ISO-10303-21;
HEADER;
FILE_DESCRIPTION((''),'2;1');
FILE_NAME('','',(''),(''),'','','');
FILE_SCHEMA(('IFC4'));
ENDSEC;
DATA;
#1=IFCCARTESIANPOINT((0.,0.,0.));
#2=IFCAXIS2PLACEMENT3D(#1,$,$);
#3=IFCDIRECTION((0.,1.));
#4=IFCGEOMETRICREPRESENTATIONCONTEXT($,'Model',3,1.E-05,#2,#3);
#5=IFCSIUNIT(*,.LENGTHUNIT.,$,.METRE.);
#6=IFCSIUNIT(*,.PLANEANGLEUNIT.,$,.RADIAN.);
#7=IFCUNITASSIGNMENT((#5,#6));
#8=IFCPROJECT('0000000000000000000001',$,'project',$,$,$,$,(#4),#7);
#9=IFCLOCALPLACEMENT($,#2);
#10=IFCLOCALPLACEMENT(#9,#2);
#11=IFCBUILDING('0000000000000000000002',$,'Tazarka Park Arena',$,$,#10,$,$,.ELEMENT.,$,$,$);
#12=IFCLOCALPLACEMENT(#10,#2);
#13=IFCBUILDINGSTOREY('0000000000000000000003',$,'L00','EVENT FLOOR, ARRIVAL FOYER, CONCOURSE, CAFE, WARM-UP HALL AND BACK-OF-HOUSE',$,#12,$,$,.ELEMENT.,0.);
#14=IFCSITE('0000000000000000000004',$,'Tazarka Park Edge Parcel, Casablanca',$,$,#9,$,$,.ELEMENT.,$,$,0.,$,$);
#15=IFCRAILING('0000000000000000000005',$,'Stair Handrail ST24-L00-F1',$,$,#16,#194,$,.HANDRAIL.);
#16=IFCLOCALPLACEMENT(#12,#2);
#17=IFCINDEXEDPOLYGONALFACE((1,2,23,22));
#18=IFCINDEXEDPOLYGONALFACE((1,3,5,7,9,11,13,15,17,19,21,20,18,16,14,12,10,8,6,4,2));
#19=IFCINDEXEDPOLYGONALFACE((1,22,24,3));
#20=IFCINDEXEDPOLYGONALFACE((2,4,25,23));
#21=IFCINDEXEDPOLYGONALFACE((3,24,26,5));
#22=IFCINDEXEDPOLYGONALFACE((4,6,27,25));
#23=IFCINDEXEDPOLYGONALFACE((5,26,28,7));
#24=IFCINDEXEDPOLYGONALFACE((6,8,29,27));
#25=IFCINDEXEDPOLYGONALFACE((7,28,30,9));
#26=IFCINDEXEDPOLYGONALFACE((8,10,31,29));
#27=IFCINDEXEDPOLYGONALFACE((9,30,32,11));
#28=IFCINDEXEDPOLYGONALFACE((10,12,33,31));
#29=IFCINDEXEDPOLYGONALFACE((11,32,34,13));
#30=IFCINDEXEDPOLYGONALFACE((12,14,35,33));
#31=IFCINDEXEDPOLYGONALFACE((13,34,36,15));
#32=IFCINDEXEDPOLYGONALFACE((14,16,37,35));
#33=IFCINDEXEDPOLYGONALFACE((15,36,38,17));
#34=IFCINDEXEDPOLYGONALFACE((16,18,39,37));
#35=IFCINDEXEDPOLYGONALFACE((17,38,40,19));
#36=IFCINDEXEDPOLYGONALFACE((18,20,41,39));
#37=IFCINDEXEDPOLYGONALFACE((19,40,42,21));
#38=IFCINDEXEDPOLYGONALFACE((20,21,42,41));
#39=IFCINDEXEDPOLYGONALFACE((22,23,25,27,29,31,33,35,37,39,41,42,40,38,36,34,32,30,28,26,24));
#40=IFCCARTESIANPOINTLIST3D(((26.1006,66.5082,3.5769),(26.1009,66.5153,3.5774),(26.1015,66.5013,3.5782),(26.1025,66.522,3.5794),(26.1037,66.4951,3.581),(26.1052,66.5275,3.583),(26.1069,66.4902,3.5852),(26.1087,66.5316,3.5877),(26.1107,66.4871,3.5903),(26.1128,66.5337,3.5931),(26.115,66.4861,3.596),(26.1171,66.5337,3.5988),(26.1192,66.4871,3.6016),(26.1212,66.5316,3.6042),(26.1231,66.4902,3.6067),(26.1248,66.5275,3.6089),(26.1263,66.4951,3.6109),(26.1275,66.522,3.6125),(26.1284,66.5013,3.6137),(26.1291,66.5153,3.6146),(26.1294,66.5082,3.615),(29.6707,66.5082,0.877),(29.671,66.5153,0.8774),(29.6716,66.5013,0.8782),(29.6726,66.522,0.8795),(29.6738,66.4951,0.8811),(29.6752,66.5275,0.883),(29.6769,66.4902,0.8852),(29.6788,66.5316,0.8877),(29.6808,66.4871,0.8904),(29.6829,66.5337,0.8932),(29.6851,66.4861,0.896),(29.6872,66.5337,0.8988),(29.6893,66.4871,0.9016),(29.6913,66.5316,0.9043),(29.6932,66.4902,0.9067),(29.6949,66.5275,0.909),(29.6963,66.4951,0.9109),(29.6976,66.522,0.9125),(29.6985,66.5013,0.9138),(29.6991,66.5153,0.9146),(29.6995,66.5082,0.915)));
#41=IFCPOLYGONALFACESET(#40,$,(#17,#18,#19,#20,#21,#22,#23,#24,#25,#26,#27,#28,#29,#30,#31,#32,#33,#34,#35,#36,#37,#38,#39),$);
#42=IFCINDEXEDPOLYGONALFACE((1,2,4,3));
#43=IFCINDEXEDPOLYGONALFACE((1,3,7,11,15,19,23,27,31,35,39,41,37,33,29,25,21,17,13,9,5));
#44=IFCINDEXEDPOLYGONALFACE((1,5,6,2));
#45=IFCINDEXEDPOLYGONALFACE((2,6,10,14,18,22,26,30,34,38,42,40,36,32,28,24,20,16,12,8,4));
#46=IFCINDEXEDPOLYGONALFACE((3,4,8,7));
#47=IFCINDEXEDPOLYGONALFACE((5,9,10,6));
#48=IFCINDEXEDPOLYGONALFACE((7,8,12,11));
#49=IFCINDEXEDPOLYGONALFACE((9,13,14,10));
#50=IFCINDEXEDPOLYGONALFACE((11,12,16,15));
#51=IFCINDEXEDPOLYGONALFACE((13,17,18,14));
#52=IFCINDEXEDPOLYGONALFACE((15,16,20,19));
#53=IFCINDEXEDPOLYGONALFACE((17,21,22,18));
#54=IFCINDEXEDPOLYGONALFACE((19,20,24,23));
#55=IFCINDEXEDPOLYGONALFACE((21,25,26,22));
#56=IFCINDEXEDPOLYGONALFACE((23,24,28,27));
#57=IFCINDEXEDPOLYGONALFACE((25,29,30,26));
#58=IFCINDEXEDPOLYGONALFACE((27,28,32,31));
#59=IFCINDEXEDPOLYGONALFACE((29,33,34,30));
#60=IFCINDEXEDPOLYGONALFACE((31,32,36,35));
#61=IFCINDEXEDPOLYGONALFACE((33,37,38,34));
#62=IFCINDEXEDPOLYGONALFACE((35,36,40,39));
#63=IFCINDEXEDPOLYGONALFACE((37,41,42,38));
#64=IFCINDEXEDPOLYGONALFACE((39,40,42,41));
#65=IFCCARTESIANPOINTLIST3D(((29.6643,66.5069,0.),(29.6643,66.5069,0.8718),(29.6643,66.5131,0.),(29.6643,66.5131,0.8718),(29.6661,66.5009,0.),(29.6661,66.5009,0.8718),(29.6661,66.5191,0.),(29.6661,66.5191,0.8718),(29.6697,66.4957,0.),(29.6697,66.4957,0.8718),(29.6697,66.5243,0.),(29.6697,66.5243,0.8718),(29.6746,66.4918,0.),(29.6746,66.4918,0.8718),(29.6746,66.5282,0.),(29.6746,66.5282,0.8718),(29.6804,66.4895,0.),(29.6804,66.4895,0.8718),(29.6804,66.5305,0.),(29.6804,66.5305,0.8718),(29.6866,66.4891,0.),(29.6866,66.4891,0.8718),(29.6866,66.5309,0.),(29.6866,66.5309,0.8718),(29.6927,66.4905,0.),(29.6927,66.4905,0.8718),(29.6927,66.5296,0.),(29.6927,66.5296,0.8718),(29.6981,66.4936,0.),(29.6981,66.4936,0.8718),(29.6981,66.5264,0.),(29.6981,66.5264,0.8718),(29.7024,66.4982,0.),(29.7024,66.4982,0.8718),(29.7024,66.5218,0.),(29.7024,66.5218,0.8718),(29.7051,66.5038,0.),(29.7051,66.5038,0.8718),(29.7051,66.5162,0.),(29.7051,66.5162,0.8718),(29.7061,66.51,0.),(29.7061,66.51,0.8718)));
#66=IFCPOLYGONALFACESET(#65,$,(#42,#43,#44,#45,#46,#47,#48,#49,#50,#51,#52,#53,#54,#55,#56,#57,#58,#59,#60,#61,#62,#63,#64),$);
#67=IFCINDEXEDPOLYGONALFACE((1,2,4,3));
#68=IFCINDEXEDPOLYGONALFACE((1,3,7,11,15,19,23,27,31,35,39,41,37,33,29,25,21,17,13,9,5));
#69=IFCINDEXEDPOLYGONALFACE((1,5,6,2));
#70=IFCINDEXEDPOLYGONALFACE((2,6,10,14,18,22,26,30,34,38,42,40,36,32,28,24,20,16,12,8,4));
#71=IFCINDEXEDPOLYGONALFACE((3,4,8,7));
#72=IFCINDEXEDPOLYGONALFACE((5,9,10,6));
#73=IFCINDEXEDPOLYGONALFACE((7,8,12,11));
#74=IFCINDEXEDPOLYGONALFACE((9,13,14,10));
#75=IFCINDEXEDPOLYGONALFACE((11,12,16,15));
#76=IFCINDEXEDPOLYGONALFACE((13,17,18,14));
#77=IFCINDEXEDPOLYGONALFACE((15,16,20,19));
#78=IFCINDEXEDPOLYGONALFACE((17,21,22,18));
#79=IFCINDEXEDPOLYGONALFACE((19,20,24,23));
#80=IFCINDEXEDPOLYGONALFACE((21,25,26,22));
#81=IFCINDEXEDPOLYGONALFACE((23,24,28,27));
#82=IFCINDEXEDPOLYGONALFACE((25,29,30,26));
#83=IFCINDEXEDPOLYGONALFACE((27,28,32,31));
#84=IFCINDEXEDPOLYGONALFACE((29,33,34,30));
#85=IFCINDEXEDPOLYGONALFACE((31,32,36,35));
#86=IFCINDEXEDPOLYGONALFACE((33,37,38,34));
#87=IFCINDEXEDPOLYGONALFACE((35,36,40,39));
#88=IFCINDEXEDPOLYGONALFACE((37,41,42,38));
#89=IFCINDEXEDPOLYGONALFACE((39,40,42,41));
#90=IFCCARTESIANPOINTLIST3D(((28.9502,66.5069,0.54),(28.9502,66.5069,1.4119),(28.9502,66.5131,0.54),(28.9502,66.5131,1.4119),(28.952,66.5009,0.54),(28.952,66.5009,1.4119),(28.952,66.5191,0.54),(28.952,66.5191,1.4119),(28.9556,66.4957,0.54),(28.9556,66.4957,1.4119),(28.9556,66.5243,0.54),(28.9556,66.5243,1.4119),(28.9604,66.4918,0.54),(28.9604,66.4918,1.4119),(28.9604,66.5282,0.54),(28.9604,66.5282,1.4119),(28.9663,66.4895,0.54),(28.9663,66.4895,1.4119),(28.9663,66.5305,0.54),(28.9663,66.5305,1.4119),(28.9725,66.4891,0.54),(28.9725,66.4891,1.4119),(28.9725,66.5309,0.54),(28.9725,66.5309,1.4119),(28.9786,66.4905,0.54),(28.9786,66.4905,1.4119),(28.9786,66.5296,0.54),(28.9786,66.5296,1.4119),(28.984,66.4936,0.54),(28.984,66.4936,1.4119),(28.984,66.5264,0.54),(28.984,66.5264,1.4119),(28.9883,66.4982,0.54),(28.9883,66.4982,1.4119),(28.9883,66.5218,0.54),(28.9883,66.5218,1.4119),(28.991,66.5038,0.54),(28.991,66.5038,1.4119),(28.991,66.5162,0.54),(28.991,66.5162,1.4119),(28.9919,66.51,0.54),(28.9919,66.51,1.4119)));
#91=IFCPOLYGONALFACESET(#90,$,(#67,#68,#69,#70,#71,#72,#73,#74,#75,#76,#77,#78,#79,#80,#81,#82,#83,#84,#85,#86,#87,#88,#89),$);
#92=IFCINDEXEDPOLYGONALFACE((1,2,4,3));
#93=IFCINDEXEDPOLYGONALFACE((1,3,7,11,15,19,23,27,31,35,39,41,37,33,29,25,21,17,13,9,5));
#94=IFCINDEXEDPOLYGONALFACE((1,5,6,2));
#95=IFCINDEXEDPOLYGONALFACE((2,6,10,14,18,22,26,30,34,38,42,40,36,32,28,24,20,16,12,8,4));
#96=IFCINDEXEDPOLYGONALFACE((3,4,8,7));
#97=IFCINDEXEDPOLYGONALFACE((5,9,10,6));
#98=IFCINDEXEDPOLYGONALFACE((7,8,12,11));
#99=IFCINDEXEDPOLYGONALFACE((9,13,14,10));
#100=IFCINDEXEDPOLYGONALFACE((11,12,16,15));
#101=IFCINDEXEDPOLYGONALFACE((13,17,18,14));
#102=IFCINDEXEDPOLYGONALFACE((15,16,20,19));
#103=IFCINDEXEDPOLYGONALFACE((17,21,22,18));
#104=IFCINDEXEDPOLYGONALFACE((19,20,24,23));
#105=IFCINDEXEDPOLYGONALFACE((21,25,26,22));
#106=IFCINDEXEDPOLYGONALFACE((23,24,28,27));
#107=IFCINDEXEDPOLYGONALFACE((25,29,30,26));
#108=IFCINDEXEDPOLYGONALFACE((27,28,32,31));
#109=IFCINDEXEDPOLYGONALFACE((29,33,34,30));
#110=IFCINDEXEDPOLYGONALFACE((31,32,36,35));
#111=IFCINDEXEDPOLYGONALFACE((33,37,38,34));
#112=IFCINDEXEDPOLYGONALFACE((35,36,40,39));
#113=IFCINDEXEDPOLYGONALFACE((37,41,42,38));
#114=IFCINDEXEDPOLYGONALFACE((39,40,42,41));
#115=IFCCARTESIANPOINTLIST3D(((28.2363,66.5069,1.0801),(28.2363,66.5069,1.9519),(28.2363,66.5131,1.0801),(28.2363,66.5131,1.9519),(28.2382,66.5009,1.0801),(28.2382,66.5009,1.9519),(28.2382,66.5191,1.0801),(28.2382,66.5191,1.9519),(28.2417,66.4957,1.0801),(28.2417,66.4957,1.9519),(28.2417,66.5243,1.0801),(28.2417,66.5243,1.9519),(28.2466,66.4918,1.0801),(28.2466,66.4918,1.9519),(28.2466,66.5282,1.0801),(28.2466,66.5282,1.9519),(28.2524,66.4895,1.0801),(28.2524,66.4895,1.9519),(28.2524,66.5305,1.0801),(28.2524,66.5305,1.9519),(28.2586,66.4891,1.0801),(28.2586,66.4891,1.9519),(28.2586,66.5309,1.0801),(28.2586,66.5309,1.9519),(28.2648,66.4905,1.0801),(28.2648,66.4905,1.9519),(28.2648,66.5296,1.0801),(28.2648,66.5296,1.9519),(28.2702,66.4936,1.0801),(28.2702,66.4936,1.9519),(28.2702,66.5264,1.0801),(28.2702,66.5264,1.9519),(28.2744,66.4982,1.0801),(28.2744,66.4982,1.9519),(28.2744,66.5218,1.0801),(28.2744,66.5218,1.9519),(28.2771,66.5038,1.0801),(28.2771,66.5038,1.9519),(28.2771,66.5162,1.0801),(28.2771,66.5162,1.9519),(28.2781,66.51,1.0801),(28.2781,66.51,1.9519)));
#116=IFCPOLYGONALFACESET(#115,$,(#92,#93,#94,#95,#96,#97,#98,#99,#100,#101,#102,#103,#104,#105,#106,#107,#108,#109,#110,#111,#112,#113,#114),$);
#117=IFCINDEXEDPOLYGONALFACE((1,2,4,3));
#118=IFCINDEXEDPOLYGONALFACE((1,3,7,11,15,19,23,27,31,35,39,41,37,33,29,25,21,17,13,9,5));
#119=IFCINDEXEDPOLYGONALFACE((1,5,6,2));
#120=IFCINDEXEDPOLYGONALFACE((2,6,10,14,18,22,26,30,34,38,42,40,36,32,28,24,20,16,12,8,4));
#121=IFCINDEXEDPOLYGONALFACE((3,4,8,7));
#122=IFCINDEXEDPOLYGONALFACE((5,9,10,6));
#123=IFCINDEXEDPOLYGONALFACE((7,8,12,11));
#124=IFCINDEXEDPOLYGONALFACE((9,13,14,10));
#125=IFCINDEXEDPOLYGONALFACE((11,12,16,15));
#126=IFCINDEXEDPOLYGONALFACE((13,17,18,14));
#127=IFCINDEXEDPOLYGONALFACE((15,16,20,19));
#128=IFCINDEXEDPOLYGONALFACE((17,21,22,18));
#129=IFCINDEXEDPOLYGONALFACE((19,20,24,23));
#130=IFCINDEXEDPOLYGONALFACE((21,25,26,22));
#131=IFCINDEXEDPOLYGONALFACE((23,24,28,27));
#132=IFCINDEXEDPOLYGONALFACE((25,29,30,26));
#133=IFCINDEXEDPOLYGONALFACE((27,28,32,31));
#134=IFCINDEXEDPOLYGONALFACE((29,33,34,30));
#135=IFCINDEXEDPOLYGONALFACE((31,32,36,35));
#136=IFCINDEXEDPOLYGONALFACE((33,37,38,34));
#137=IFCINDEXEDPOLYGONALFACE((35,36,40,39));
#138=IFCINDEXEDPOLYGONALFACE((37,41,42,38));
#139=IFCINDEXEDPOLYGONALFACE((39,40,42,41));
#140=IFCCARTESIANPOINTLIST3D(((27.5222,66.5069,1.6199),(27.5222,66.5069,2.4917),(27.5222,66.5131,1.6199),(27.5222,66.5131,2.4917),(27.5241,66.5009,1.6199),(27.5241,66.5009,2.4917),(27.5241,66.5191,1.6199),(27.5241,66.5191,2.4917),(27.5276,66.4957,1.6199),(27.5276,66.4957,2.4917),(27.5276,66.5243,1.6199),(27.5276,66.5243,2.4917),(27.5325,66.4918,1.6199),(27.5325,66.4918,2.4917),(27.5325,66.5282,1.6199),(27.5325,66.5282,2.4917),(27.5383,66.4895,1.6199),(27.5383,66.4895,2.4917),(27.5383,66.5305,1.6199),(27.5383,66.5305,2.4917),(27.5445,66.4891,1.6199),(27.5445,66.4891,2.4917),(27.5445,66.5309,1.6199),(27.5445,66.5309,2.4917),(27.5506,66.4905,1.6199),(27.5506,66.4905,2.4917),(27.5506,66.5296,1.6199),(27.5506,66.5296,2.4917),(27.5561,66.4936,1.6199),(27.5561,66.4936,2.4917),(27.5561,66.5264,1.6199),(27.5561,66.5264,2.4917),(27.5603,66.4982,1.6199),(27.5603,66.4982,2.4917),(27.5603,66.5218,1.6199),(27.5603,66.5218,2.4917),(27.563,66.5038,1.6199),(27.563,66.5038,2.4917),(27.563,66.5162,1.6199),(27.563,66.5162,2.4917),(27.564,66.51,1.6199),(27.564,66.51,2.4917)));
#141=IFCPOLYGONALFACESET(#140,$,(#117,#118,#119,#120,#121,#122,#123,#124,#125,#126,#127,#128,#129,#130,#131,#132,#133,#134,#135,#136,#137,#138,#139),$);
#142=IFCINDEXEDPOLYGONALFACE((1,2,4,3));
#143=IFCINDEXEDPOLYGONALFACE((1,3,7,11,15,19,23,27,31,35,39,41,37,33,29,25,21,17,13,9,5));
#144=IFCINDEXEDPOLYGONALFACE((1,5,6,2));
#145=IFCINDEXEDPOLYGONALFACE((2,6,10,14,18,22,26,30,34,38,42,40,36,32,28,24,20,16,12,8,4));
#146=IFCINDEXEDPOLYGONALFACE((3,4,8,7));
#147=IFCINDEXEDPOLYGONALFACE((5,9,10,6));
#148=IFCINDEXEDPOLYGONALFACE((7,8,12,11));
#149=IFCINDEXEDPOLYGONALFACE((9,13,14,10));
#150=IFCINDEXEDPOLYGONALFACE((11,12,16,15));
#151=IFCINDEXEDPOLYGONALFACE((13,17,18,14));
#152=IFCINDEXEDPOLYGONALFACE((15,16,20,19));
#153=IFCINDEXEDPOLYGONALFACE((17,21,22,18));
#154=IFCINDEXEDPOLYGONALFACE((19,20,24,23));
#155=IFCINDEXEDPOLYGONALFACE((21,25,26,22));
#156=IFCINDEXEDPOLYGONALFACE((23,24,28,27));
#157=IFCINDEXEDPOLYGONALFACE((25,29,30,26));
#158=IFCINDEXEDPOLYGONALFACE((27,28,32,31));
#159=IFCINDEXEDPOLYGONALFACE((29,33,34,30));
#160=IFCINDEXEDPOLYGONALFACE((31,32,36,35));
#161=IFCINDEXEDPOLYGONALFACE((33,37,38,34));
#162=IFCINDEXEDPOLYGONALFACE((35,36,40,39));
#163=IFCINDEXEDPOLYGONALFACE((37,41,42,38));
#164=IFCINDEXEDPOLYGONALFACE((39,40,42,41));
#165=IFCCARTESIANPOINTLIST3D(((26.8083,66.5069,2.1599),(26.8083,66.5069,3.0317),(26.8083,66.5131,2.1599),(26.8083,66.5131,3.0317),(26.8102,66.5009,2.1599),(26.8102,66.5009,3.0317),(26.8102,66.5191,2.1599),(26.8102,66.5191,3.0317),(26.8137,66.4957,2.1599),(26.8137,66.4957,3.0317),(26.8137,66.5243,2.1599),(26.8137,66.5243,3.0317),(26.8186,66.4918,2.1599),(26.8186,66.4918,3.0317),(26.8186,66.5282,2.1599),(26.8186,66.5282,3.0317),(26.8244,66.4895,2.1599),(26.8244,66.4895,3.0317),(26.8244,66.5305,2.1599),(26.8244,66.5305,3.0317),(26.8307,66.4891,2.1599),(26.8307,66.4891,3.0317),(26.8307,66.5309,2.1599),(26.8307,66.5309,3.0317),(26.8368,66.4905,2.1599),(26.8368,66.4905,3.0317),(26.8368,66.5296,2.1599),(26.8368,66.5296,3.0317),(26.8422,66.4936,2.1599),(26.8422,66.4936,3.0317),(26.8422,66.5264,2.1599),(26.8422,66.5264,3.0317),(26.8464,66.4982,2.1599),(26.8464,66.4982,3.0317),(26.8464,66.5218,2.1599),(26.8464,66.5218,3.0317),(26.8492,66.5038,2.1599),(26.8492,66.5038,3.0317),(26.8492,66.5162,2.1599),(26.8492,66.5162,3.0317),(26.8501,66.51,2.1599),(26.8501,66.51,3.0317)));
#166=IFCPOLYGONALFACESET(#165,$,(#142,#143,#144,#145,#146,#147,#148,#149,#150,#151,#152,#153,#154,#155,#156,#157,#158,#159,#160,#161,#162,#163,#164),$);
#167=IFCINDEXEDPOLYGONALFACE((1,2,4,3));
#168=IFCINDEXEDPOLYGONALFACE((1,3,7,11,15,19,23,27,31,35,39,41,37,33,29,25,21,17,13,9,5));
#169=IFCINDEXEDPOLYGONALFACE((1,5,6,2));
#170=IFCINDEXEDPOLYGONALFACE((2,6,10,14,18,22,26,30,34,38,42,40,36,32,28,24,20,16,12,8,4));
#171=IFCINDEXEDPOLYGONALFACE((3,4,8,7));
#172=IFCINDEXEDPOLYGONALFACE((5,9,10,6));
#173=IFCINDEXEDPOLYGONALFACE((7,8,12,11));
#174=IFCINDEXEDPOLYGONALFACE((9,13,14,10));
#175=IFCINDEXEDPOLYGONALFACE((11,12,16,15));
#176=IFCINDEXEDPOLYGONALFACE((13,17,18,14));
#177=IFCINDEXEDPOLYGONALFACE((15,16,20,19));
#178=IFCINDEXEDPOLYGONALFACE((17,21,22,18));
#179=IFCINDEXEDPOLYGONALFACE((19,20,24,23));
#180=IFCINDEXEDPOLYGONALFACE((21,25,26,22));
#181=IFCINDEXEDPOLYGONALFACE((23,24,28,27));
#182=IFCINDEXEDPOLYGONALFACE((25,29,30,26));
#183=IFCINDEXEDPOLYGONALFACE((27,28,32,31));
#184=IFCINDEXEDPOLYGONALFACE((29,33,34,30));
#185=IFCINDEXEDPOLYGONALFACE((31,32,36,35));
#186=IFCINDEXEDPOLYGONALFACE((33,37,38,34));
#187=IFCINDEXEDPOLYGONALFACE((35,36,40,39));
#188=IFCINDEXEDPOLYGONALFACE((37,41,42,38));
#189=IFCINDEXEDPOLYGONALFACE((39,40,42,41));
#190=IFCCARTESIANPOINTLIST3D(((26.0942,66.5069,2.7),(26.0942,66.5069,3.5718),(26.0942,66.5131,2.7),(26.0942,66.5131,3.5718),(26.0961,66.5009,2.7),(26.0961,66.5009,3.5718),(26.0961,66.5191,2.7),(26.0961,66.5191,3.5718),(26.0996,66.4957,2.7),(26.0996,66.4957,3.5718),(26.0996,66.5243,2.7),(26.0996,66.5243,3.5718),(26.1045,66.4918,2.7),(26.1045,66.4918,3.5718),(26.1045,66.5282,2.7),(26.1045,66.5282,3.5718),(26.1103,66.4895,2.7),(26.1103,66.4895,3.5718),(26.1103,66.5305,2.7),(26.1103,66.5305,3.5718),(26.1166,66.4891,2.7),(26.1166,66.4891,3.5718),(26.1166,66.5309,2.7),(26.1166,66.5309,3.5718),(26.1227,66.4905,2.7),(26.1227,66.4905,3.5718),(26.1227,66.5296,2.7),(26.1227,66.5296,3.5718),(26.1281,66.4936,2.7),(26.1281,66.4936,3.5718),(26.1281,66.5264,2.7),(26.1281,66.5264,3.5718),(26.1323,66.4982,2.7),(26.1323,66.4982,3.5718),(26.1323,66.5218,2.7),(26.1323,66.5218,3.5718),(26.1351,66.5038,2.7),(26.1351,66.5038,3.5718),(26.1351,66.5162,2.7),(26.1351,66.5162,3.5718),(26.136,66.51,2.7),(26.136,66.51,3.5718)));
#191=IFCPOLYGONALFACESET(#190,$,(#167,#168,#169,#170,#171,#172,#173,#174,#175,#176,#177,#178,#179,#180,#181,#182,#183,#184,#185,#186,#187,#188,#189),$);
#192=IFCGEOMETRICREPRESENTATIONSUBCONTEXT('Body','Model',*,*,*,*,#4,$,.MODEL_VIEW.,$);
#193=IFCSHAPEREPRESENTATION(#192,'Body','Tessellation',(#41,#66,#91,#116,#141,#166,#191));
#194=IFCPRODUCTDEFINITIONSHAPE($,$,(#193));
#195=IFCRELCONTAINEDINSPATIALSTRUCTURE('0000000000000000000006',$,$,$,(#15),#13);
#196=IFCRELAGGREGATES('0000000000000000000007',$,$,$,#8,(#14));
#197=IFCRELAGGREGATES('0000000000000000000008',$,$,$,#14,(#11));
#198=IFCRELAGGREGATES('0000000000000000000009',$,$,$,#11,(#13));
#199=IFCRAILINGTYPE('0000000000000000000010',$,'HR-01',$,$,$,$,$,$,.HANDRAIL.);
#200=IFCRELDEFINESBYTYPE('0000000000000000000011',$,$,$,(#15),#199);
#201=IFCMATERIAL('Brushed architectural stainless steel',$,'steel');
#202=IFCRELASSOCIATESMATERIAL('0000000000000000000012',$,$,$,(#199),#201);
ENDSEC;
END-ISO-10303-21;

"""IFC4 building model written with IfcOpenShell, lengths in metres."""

from ifc_helpers import new_model, si_unit, direction, frame, origin, origin_2d, place, context, subcontext, project, spatial, circle, extrude, material, type_object, element, save


model = new_model("IFC4")

# Units and contexts
model_context = context("Model", 3, precision=1e-05, world=origin(), true_north=direction((0.0, 1.0)))
body_context = subcontext(model_context, "Body", "Model", "MODEL_VIEW")
ifc_project = project(units=[si_unit("LENGTHUNIT", "METRE"), si_unit("PLANEANGLEUNIT", "RADIAN")], contexts=[model_context])

# Site, building, storey
site_placement = place(None, origin())
site = spatial("IfcSite", under=ifc_project, at=site_placement, Name="Tazarka Park Edge Parcel, Casablanca", CompositionType="ELEMENT", RefElevation=0.0)
building_placement = place(site_placement, origin())
building = spatial("IfcBuilding", under=site, at=building_placement, Name="Tazarka Park Arena", CompositionType="ELEMENT")
storey_placement = place(building_placement, origin())
storey = spatial("IfcBuildingStorey", under=building, at=storey_placement, Name="L00", Description="EVENT FLOOR, ARRIVAL FOYER, CONCOURSE, CAFE, WARM-UP HALL AND BACK-OF-HOUSE", CompositionType="ELEMENT", Elevation=0.0)

# Railing
ifc_material_1 = material(Name="Brushed architectural stainless steel", Category="steel")
railing_type_1 = type_object("IfcRailingType", Name="HR-01", PredefinedType="HANDRAIL", material=ifc_material_1)
railing_placement = place(storey_placement, frame((29.6851, 66.51, 0.0)))
element("IfcRailing", 1, at=railing_placement, inside=storey, type_object=railing_type_1, Name="Stair Handrail ST24-L00-F1", PredefinedType="HANDRAIL", context=body_context, shape_type="SweptSolid", body=[
    extrude(circle(Radius=0.0239, at=origin_2d()), frame((0.0, 0.0, 0.896), z_axis=(-0.797591, 0.0, 0.603198), x_axis=(0.0, -1.0, 0.0)), (0.0, 0.0, 1.0), 4.4761),
    extrude(circle(Radius=0.021, at=origin_2d()), origin(), (0.0, 0.0, 1.0), 0.8718),
    extrude(circle(Radius=0.021, at=origin_2d()), frame((-0.7141, 0.0, 0.54)), (0.0, 0.0, 1.0), 0.8718),
    extrude(circle(Radius=0.021, at=origin_2d()), frame((-1.428, 0.0, 1.0801)), (0.0, 0.0, 1.0), 0.8718),
    extrude(circle(Radius=0.021, at=origin_2d()), frame((-2.1421, 0.0, 1.6199)), (0.0, 0.0, 1.0), 0.8718),
    extrude(circle(Radius=0.021, at=origin_2d()), frame((-2.856, 0.0, 2.1599)), (0.0, 0.0, 1.0), 0.8718),
    extrude(circle(Radius=0.021, at=origin_2d()), frame((-3.5701, 0.0, 2.7)), (0.0, 0.0, 1.0), 0.8718),
])

save(model, "model.ifc")
